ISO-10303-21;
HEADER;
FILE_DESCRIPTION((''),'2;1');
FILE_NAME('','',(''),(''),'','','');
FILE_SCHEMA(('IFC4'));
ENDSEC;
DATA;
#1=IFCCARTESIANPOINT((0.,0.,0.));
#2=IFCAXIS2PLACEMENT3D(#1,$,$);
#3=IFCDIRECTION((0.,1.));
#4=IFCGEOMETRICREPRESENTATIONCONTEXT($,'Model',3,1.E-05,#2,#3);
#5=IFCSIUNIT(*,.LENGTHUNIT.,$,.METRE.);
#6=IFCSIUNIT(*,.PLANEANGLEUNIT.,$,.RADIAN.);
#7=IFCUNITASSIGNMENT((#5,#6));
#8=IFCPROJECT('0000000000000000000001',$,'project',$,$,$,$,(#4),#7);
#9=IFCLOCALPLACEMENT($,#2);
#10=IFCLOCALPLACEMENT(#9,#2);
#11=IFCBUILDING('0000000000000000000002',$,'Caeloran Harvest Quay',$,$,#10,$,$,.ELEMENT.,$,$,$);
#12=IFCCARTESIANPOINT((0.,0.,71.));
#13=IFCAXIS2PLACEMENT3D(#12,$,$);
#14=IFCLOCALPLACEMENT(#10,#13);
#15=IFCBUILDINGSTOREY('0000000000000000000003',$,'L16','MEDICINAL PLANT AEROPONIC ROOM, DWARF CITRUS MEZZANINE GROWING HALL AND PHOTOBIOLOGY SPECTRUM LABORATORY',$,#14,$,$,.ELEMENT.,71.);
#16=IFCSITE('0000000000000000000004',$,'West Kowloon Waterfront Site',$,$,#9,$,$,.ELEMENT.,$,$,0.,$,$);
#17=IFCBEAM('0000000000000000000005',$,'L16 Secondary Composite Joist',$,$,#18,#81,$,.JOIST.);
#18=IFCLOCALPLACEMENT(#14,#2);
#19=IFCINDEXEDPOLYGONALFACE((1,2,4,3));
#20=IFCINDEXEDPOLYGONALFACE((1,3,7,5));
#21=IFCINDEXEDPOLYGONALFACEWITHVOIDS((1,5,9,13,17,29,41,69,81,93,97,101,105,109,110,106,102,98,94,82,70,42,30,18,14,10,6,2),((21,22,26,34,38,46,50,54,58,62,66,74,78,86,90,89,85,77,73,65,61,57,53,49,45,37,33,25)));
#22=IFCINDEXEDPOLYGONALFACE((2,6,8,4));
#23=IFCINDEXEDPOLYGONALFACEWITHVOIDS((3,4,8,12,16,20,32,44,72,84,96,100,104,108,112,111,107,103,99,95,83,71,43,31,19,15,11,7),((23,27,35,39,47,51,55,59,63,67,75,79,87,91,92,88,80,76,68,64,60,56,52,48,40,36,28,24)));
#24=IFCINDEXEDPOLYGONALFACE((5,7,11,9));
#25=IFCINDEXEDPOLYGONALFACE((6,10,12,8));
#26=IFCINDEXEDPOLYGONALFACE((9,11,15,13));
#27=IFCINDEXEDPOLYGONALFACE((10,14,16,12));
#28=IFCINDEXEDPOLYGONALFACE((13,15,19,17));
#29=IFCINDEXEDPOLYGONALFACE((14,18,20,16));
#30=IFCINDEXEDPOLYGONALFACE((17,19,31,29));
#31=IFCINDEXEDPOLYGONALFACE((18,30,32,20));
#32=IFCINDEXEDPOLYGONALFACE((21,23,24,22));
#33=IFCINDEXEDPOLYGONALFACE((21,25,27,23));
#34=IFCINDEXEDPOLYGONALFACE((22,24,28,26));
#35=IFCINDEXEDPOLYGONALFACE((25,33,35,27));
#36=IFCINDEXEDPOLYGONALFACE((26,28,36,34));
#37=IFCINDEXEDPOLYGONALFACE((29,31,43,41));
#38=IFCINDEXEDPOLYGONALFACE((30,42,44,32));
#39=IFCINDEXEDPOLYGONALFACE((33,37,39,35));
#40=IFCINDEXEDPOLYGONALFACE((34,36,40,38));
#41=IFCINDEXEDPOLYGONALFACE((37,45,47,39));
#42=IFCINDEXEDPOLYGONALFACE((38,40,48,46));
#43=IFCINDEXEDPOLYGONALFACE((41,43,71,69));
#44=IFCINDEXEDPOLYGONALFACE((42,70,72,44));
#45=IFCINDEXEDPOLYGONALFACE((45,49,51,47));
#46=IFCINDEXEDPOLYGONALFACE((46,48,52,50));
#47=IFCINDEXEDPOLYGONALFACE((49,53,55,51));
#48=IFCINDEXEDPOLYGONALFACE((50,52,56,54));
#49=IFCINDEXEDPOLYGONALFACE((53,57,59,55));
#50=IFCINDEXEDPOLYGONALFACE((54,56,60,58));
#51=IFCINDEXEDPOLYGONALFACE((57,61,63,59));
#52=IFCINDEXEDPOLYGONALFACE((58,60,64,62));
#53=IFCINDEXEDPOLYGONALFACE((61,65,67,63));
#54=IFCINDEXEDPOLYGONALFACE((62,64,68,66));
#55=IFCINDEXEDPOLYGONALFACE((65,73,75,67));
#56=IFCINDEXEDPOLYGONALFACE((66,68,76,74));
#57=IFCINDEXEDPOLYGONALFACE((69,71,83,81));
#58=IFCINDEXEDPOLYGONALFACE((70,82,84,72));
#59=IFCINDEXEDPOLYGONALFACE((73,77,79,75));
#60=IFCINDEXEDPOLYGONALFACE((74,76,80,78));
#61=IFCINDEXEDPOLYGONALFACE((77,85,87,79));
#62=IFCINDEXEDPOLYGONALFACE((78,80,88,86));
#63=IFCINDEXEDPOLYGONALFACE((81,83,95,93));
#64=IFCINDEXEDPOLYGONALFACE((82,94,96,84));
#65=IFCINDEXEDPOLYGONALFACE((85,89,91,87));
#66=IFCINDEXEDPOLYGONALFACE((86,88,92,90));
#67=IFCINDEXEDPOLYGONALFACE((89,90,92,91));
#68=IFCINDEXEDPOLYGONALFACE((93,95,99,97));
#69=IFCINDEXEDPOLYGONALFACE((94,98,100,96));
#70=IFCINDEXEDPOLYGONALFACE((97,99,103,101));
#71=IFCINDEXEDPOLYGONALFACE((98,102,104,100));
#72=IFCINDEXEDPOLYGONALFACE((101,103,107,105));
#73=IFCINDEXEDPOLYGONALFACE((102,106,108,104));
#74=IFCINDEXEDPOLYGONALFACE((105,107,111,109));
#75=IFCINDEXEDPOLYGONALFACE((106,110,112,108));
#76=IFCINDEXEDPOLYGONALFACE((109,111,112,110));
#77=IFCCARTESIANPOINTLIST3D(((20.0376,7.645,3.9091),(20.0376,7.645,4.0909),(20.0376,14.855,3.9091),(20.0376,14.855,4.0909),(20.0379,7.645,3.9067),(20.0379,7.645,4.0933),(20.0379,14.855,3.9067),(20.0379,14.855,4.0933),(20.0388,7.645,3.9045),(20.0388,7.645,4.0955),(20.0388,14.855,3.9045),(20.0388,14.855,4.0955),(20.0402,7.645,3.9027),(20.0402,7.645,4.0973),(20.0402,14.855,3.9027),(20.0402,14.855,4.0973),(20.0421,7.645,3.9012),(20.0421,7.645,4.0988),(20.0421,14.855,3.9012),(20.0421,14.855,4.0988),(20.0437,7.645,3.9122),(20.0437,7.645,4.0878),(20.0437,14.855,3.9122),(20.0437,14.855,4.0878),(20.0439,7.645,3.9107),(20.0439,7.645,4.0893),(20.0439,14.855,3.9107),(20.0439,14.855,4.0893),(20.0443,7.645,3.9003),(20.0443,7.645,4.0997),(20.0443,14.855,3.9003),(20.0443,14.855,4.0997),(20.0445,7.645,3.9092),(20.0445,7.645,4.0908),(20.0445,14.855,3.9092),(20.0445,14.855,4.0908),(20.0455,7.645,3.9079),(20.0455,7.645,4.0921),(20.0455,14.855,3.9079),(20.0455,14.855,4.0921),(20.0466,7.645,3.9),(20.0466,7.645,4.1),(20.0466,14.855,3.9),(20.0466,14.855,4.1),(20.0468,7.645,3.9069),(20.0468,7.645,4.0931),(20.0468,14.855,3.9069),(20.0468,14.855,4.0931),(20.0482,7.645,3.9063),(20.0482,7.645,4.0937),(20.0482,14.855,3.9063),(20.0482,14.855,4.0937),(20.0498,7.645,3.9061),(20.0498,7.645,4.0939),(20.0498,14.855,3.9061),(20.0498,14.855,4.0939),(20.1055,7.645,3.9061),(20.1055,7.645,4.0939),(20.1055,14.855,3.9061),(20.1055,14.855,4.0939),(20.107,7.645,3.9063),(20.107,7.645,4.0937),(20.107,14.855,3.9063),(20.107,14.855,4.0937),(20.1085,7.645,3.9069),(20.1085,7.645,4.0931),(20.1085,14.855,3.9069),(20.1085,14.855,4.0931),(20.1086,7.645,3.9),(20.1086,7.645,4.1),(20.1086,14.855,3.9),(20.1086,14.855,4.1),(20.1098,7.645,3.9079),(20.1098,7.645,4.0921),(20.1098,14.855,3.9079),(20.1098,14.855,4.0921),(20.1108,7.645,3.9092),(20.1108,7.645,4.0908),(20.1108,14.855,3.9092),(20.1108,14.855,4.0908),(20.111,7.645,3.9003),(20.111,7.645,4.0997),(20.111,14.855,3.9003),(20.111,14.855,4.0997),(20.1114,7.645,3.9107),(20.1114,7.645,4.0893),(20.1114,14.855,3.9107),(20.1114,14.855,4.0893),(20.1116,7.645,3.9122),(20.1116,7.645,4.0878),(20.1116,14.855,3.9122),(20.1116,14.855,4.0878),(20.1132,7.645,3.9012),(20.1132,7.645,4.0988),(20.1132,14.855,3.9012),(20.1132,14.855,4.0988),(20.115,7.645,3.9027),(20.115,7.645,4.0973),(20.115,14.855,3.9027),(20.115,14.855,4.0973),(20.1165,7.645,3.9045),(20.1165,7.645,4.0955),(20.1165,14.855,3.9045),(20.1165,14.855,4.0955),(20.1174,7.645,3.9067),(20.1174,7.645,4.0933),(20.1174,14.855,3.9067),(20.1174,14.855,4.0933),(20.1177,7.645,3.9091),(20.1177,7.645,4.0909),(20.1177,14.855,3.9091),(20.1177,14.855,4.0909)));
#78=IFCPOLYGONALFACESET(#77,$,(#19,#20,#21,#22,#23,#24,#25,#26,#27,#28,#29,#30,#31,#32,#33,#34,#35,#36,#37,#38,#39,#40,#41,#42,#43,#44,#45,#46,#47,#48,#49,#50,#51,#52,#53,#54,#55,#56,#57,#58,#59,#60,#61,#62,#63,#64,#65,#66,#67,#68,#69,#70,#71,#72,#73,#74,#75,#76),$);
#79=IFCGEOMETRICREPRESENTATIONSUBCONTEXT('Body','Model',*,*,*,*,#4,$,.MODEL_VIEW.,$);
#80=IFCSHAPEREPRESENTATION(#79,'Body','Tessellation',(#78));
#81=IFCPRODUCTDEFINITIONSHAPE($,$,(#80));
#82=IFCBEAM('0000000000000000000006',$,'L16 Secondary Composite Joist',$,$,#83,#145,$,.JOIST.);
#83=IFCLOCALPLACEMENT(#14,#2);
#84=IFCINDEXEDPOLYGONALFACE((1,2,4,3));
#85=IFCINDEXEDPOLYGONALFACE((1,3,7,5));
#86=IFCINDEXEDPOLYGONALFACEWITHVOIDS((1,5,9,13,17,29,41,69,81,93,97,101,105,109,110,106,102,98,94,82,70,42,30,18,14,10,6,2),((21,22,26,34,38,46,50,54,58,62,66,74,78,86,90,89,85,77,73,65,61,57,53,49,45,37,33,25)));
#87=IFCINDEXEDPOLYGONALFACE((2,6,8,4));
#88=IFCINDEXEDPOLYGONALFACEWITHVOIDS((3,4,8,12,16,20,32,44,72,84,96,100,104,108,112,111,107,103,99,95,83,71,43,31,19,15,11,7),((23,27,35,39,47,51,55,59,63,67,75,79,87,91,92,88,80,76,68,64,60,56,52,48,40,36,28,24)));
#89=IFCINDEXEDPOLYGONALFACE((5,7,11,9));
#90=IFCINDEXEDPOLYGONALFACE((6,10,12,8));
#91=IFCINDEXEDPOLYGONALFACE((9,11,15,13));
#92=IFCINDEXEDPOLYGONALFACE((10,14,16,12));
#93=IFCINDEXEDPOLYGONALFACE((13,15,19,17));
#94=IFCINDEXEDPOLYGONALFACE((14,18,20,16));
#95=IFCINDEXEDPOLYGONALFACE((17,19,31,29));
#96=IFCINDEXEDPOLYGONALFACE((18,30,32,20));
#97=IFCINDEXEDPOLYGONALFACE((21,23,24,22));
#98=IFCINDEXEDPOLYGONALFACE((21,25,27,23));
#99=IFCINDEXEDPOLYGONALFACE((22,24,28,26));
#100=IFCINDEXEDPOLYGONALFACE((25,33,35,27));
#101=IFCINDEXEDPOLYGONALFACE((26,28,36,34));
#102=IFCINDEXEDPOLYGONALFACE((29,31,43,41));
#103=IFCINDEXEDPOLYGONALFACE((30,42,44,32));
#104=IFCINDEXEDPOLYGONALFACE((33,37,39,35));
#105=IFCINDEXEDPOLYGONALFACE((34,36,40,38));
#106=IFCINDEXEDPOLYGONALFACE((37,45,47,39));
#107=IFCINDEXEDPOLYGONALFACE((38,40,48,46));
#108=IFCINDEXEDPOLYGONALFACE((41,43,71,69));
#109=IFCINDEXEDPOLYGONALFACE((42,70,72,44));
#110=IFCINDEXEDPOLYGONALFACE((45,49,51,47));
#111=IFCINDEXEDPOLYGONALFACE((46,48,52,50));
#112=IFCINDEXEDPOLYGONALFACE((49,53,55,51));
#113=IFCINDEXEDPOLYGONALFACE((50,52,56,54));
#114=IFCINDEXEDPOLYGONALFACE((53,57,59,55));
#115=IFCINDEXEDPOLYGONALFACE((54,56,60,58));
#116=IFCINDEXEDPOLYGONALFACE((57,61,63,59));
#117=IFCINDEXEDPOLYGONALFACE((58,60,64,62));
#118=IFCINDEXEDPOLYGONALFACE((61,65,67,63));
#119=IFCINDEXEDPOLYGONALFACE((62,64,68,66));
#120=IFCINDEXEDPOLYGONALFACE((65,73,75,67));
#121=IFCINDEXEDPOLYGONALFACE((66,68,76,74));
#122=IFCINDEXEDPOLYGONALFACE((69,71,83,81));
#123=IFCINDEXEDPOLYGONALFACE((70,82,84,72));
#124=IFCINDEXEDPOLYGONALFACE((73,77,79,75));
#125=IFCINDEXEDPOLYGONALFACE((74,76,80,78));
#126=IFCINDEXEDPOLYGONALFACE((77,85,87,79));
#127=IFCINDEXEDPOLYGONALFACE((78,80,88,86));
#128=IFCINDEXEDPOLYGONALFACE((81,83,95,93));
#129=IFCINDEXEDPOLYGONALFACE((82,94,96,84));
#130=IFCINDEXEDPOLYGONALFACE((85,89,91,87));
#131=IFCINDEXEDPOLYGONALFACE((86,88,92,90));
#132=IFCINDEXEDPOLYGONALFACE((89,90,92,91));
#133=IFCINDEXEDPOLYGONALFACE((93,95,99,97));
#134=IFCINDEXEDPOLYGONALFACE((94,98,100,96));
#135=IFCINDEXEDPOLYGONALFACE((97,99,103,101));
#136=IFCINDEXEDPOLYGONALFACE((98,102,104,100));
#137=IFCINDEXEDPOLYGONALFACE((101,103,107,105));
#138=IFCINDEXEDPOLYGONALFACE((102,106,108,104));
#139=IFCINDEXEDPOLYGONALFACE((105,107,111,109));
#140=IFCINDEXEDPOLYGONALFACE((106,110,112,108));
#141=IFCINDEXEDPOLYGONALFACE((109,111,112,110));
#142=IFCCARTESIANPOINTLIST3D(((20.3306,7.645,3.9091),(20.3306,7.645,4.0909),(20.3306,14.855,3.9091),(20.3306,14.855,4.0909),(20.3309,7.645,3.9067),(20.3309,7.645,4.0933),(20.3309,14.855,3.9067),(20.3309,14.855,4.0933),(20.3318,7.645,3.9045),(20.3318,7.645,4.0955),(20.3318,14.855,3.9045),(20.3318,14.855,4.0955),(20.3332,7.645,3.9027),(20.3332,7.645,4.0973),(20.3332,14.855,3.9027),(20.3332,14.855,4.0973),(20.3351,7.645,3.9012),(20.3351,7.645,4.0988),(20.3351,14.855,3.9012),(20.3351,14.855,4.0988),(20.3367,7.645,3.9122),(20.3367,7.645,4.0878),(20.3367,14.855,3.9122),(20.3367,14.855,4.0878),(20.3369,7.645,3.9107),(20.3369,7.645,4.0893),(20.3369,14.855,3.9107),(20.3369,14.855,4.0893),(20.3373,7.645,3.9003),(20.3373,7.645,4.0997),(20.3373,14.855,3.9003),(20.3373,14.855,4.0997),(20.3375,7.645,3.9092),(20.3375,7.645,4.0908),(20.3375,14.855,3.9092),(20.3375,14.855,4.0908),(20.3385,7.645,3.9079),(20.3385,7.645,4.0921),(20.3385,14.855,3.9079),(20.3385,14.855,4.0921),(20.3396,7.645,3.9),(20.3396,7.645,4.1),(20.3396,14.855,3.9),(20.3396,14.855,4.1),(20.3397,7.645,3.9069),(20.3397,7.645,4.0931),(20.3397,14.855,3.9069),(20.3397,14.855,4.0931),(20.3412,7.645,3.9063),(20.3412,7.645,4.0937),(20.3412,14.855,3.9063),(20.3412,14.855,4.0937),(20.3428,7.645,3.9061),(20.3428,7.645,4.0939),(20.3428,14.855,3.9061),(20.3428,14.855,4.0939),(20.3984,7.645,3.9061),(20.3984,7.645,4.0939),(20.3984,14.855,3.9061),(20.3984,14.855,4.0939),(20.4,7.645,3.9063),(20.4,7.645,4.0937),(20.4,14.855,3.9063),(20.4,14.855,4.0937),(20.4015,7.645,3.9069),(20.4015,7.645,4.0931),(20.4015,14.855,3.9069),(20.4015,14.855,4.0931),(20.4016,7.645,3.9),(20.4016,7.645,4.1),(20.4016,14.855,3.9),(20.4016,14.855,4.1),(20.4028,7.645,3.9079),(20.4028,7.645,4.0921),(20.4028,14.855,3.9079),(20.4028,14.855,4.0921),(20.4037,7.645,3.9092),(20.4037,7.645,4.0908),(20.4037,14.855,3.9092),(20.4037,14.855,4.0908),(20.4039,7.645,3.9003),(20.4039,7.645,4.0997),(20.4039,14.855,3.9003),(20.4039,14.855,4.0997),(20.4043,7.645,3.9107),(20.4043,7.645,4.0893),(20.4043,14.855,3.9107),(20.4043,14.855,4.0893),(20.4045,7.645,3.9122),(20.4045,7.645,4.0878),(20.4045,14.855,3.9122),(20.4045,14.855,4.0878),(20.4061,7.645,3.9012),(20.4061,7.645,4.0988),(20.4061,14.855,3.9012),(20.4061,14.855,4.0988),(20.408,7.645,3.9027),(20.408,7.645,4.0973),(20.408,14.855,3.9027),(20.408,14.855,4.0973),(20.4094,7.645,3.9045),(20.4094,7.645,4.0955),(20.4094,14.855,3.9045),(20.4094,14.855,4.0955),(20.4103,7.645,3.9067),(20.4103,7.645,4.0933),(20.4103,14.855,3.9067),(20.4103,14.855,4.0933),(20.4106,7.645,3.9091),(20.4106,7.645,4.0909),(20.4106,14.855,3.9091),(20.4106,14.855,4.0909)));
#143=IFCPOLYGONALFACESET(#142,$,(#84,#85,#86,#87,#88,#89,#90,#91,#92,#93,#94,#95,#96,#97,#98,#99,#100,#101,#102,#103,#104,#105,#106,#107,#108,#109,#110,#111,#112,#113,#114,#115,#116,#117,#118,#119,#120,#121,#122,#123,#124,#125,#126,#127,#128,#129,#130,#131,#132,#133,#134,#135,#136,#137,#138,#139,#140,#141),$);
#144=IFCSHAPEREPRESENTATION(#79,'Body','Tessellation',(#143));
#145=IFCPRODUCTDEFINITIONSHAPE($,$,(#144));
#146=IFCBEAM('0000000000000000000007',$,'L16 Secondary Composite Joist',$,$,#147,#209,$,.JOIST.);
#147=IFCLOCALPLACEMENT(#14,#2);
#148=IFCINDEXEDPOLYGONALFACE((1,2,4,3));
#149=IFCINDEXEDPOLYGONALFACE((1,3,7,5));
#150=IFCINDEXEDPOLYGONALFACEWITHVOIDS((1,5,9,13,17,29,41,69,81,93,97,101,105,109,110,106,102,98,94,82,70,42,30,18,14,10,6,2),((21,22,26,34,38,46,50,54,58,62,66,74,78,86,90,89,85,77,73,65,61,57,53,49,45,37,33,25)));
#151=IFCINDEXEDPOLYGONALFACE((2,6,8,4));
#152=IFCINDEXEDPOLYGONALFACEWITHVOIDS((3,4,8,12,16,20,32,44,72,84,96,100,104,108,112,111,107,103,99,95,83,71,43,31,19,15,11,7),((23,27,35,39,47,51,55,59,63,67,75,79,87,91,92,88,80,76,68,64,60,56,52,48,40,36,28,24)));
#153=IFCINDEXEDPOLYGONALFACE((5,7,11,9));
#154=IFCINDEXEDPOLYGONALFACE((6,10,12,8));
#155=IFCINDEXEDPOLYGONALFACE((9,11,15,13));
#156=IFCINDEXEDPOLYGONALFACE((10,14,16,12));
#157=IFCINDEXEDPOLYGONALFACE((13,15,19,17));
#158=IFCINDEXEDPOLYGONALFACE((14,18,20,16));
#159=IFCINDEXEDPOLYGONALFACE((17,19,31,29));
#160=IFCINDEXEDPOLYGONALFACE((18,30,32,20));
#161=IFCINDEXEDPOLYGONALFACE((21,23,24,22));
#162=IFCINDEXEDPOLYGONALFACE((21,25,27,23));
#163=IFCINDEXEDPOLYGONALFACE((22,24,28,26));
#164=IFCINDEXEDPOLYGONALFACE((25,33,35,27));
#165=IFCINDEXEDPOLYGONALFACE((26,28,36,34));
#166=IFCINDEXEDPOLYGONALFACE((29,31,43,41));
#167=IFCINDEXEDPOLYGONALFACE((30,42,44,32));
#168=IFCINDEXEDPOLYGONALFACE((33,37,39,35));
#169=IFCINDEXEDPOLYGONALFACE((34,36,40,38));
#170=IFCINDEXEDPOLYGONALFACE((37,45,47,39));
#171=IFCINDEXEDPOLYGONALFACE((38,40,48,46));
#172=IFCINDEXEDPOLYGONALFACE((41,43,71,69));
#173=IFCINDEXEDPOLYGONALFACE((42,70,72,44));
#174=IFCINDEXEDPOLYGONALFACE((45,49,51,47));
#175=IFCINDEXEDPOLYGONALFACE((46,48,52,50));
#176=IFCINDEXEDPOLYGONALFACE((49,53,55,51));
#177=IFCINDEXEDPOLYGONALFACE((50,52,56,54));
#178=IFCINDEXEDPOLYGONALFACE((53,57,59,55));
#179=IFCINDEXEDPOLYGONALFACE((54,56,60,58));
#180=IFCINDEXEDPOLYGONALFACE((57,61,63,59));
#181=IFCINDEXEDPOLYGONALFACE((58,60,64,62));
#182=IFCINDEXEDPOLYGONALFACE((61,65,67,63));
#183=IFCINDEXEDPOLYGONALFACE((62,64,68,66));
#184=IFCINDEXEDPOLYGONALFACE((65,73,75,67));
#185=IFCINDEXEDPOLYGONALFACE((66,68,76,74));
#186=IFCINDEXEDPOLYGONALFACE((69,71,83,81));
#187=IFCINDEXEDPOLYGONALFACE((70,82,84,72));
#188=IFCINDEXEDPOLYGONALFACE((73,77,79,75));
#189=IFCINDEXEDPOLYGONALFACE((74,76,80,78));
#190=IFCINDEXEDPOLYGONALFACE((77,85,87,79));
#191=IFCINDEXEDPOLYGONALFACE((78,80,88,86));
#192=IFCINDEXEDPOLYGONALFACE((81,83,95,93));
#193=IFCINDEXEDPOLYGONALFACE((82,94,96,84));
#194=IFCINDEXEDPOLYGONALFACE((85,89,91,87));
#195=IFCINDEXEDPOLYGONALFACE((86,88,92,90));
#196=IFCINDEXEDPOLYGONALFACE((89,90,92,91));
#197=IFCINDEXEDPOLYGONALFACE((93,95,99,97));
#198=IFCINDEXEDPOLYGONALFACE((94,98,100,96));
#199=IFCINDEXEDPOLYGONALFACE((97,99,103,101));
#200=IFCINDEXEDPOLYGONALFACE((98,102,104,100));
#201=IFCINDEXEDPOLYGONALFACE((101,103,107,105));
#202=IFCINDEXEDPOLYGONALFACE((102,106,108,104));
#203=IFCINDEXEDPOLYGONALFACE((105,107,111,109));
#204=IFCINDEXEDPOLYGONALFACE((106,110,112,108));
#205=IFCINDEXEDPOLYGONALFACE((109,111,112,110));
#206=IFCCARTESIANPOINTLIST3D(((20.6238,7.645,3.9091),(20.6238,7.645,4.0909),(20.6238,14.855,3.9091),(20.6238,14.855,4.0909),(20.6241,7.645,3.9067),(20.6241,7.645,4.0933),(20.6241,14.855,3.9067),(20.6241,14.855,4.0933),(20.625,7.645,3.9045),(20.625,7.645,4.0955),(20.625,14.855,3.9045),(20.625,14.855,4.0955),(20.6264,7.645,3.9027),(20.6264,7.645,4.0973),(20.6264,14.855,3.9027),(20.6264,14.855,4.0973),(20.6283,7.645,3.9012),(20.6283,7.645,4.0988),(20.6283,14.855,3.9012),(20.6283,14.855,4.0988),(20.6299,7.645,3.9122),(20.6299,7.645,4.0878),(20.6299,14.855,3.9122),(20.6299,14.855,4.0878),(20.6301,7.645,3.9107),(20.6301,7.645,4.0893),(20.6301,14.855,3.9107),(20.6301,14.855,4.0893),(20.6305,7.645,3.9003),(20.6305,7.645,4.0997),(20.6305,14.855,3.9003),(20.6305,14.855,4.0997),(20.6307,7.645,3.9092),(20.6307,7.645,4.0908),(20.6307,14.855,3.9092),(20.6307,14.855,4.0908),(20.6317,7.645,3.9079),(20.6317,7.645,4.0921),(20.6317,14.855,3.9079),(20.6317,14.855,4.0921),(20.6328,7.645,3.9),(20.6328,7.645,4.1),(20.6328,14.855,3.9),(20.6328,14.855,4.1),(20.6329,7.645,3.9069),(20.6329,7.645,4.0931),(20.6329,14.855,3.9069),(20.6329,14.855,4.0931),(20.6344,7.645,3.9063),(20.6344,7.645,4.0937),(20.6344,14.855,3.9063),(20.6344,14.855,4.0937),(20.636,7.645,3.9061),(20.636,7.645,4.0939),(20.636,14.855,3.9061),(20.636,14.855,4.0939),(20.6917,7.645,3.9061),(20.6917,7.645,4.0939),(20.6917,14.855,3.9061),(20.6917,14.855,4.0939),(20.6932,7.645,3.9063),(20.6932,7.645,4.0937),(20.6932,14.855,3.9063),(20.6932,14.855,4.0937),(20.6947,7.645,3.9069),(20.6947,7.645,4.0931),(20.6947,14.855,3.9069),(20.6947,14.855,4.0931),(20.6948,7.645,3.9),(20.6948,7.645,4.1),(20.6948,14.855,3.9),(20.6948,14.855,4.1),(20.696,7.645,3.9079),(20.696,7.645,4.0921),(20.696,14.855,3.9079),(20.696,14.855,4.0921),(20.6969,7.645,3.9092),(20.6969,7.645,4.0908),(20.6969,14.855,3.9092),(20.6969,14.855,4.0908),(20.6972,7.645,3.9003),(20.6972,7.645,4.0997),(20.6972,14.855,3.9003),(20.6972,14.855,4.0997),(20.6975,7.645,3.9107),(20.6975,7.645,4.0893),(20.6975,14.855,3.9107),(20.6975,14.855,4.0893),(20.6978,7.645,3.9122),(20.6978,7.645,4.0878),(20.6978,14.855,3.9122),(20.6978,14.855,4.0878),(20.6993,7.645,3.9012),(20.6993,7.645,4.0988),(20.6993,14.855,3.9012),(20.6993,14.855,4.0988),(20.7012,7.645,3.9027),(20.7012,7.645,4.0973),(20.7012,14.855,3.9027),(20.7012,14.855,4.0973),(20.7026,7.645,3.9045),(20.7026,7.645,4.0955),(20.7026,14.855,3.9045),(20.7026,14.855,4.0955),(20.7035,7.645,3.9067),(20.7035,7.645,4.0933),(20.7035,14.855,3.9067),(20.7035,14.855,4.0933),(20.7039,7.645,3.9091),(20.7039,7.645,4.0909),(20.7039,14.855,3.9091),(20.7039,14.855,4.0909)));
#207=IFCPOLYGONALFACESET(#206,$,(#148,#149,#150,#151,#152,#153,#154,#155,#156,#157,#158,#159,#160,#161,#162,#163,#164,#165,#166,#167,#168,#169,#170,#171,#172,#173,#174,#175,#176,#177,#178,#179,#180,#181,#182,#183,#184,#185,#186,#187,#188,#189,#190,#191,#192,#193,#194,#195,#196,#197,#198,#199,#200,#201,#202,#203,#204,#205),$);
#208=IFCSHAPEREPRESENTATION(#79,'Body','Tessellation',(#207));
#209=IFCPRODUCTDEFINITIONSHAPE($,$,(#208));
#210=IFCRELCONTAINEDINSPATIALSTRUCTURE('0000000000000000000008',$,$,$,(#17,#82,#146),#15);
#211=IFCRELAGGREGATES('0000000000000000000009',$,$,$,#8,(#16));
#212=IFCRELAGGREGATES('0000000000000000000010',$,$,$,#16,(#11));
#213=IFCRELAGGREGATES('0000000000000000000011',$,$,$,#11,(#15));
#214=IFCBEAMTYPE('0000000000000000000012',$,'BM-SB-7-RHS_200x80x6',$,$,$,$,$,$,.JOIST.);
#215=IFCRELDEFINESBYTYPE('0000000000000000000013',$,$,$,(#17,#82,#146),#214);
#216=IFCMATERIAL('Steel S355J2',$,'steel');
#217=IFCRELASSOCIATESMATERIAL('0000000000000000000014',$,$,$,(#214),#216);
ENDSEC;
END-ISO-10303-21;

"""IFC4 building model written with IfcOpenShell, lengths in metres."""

from ifc_helpers import new_model, si_unit, direction, frame, origin, origin_2d, place, context, subcontext, project, spatial, hollow_rectangle, extrude, material, material_profile, profile_set, type_object, element, save


model = new_model("IFC4")

# Units and contexts
model_context = context("Model", 3, precision=1e-05, world=origin(), true_north=direction((0.0, 1.0)))
body_context = subcontext(model_context, "Body", "Model", "MODEL_VIEW")
ifc_project = project(units=[si_unit("LENGTHUNIT", "METRE"), si_unit("PLANEANGLEUNIT", "RADIAN")], contexts=[model_context])

# Site, building, storey
site_placement = place(None, origin())
site = spatial("IfcSite", under=ifc_project, at=site_placement, Name="West Kowloon Waterfront Site", CompositionType="ELEMENT", RefElevation=0.0)
building_placement = place(site_placement, origin())
building = spatial("IfcBuilding", under=site, at=building_placement, Name="Caeloran Harvest Quay", CompositionType="ELEMENT")
storey_placement = place(building_placement, frame((0.0, 0.0, 71.0)))
storey = spatial("IfcBuildingStorey", under=building, at=storey_placement, Name="L16", Description="MEDICINAL PLANT AEROPONIC ROOM, DWARF CITRUS MEZZANINE GROWING HALL AND PHOTOBIOLOGY SPECTRUM LABORATORY", CompositionType="ELEMENT", Elevation=71.0)

# Beams
ifc_material_1 = material(Name="Steel S355J2", Category="steel")
ifc_material_profile_1 = material_profile(ifc_material_1, hollow_rectangle(XDim=0.0801, YDim=0.2, WallThickness=0.0061, InnerFilletRadius=0.0061, OuterFilletRadius=0.009, at=origin_2d()), Name="RHS 200x80x6")
ifc_profile_set_1 = profile_set([ifc_material_profile_1], Name="Steel S355J2")
beam_type_1 = type_object("IfcBeamType", Name="BM-SB-7-RHS_200x80x6", PredefinedType="JOIST", material=ifc_profile_set_1)
for number, where, z_axis, x_axis, name in (
    (1, (20.0776, 7.645, 4.0), (0.0, 1.0, 0.0), (-1.0, 0.0, 0.0), "L16 Secondary Composite Joist"),
    (2, (20.3706, 7.645, 4.0), (0.0, 1.0, 0.0), (-1.0, 0.0, 0.0), "L16 Secondary Composite Joist"),
    (3, (20.6638, 7.645, 4.0), (0.0, 1.0, 0.0), (-1.0, 0.0, 0.0), "L16 Secondary Composite Joist"),
):
    element("IfcBeam", number, at=place(storey_placement, frame(where, z_axis=z_axis, x_axis=x_axis)), inside=storey, type_object=beam_type_1, Name=name, PredefinedType="JOIST", context=body_context, shape_type="SweptSolid", body=[
        extrude(hollow_rectangle(XDim=0.0801, YDim=0.2, WallThickness=0.0061, InnerFilletRadius=0.0061, OuterFilletRadius=0.009, at=origin_2d()), origin(), (0.0, 0.0, 1.0), 7.21),
    ])

save(model, "model.ifc")
